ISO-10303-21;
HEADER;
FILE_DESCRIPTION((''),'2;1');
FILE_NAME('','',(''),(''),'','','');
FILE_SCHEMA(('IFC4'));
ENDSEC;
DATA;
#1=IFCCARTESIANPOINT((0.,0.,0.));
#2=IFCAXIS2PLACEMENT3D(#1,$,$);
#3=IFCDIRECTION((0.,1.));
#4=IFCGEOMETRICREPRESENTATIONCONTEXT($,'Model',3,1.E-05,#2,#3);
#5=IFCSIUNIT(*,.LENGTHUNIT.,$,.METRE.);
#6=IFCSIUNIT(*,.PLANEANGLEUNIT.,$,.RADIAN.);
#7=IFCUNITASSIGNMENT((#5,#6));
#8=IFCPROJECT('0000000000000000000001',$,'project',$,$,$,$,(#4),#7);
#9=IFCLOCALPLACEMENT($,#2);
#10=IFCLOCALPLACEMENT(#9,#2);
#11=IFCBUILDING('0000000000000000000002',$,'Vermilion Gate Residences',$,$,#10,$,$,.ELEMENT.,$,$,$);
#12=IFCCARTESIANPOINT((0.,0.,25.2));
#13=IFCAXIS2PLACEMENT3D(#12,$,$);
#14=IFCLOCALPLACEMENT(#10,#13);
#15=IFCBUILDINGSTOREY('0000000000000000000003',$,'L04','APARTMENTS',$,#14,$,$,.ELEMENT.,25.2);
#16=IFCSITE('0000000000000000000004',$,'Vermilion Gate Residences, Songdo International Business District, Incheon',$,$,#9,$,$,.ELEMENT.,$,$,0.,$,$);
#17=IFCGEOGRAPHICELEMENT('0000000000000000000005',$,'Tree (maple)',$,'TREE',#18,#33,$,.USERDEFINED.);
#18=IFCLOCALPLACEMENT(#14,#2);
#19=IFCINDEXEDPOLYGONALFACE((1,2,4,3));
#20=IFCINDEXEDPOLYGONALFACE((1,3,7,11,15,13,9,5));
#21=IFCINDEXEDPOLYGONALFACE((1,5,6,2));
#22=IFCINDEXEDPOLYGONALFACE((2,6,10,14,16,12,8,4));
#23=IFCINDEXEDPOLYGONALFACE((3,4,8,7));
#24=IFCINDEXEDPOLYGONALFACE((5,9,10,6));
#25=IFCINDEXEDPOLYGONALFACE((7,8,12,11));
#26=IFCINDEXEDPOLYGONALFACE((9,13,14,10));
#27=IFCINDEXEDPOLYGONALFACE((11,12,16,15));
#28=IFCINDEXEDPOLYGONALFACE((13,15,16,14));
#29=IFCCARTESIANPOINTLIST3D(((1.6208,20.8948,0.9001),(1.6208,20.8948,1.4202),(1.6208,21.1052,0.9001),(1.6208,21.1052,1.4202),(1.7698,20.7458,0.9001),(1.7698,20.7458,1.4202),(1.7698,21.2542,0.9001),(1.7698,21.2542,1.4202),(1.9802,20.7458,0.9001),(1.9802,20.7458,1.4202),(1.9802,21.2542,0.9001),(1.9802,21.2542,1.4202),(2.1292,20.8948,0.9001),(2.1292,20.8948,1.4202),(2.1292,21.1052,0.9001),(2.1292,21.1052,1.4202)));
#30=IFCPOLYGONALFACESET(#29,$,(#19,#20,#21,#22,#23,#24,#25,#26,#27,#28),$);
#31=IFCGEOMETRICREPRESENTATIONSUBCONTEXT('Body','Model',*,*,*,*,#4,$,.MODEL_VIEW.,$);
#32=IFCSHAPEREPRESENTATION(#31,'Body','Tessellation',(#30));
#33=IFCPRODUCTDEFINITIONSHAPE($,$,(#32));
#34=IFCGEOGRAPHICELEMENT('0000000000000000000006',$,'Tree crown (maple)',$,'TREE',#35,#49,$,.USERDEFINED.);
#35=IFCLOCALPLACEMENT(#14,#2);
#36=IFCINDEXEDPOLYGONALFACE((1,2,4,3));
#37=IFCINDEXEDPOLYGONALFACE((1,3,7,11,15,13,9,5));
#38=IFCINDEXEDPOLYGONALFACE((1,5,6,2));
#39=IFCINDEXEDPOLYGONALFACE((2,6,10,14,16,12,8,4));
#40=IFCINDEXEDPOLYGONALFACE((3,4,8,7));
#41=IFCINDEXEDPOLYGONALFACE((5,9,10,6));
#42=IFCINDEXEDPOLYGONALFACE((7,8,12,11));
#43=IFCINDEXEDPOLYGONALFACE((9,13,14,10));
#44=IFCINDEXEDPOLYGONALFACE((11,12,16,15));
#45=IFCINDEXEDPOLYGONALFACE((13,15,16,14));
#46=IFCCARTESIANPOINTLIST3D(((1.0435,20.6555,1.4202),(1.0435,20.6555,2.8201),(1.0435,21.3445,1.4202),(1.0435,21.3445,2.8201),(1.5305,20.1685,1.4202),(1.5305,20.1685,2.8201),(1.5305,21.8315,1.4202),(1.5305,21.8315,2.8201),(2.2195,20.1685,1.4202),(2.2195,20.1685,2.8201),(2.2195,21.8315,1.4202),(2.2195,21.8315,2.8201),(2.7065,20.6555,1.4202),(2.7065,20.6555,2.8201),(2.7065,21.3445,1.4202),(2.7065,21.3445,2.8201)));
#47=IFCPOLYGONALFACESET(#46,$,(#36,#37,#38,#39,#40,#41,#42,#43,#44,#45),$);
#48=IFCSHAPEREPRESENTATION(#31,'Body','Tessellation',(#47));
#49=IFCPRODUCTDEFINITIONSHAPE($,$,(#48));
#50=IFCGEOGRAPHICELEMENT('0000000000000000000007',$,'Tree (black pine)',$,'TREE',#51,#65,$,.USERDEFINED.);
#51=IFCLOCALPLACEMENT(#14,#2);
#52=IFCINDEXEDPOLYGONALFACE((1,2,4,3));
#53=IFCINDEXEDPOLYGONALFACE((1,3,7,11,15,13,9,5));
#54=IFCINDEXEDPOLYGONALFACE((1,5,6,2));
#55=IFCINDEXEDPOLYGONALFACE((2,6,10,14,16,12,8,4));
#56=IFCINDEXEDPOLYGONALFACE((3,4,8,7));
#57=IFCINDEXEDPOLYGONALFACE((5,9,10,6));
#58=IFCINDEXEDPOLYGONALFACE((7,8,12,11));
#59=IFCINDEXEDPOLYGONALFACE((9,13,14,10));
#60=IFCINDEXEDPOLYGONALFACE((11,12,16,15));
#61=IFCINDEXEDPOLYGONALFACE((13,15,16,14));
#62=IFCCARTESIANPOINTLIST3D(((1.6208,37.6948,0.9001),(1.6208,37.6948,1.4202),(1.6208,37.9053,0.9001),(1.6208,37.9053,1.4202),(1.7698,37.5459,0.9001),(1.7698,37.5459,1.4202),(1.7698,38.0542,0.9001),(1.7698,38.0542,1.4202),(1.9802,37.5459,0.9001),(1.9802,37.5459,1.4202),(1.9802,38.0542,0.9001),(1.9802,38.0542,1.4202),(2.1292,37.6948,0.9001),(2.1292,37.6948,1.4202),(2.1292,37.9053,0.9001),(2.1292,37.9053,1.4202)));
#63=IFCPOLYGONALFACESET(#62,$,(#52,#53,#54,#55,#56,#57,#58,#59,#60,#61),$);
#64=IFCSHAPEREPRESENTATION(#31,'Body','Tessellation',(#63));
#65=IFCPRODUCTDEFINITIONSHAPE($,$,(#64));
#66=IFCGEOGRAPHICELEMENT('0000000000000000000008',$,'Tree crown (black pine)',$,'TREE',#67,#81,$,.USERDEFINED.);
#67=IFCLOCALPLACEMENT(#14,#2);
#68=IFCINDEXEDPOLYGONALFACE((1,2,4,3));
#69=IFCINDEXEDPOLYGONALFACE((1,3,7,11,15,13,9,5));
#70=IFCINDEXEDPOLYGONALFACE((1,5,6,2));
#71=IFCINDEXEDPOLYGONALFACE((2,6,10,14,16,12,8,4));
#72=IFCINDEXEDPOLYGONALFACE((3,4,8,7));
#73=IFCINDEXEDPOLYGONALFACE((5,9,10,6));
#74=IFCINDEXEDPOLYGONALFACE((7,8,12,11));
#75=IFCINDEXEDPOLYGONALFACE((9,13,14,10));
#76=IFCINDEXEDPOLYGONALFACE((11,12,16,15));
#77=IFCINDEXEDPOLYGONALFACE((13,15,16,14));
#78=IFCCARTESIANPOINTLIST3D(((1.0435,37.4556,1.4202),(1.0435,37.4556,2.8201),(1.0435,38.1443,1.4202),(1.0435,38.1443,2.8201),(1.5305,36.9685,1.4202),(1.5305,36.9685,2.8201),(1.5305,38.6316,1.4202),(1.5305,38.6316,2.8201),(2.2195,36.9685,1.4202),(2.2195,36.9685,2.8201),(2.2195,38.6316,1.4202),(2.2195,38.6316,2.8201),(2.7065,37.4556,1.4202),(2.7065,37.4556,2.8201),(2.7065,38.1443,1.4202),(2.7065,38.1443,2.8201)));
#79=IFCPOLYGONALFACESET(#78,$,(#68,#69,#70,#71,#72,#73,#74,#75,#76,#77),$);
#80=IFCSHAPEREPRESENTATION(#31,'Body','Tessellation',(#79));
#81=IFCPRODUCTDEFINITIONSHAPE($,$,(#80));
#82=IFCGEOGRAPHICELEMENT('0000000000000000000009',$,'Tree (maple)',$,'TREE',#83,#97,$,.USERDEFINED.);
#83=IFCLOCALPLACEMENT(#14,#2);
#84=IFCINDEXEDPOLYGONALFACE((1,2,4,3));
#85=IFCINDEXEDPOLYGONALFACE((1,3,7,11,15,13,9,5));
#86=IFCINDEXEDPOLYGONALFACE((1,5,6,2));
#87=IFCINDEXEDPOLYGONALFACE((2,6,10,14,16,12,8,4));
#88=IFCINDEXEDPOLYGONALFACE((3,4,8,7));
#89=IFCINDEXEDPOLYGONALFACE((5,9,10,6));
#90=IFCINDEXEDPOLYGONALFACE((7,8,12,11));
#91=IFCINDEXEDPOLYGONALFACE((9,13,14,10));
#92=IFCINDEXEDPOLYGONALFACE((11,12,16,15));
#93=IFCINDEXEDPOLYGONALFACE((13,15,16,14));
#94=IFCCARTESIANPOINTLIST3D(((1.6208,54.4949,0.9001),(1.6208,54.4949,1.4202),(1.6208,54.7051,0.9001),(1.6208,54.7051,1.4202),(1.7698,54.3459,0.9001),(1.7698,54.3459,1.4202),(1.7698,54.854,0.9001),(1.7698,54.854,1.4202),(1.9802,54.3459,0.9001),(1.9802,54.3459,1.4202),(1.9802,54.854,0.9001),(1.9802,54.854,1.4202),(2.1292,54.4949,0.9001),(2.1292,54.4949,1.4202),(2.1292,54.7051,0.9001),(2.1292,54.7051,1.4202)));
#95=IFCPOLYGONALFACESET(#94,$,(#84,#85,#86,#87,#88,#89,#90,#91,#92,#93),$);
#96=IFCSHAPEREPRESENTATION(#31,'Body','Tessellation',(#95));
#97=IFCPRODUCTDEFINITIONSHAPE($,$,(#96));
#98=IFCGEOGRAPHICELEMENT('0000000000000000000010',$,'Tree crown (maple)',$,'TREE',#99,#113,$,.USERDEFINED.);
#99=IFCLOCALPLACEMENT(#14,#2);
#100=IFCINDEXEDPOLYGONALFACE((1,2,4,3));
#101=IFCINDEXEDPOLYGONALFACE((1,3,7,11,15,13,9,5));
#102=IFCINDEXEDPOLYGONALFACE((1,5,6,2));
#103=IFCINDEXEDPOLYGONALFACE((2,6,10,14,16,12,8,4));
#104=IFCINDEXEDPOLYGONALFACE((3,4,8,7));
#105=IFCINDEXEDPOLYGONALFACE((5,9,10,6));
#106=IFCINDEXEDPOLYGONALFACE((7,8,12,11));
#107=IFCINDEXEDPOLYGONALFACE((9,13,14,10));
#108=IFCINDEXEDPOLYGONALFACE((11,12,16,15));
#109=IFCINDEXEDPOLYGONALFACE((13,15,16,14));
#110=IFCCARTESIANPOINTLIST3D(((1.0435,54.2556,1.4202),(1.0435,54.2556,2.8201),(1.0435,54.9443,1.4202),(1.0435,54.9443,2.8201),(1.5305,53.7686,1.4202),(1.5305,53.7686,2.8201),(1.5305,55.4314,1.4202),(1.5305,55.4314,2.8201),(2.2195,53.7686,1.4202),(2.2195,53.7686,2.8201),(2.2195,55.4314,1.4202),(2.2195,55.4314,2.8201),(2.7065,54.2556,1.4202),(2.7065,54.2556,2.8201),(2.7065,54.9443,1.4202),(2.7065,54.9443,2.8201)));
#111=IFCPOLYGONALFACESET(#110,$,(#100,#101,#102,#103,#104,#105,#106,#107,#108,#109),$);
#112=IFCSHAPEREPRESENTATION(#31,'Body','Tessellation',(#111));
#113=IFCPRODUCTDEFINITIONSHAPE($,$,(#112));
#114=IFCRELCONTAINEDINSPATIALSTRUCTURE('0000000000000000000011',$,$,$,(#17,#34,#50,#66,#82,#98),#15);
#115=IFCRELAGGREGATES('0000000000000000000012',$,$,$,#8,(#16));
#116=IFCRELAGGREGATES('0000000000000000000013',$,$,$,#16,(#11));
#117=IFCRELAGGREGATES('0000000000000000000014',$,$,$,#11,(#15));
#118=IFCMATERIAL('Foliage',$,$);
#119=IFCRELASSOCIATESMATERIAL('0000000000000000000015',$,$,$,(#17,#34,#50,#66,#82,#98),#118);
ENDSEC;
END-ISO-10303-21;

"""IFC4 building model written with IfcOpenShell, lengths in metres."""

from ifc_helpers import new_model, si_unit, direction, frame, origin, place, context, subcontext, project, spatial, polyline, outline, extrude, material, element, save


model = new_model("IFC4")

# Units and contexts
model_context = context("Model", 3, precision=1e-05, world=origin(), true_north=direction((0.0, 1.0)))
body_context = subcontext(model_context, "Body", "Model", "MODEL_VIEW")
ifc_project = project(units=[si_unit("LENGTHUNIT", "METRE"), si_unit("PLANEANGLEUNIT", "RADIAN")], contexts=[model_context])

# Site, building, storey
site_placement = place(None, origin())
site = spatial("IfcSite", under=ifc_project, at=site_placement, Name="Vermilion Gate Residences, Songdo International Business District, Incheon", CompositionType="ELEMENT", RefElevation=0.0)
building_placement = place(site_placement, origin())
building = spatial("IfcBuilding", under=site, at=building_placement, Name="Vermilion Gate Residences", CompositionType="ELEMENT")
storey_placement = place(building_placement, frame((0.0, 0.0, 25.2)))
storey = spatial("IfcBuildingStorey", under=building, at=storey_placement, Name="L04", Description="APARTMENTS", CompositionType="ELEMENT", Elevation=25.2)

# Geographic elements
ifc_material_1 = material(Name="Foliage")
geographic_element_1_placement = place(storey_placement, frame((0.0, 0.0, 0.9001)))
element("IfcGeographicElement", 1, at=geographic_element_1_placement, inside=storey, material=ifc_material_1, Name="Tree (maple)", ObjectType="TREE", PredefinedType="USERDEFINED", context=body_context, shape_type="SweptSolid", body=[
    extrude(outline(polyline([(2.1292, 21.1052), (1.9802, 21.2542), (1.7698, 21.2542), (1.6208, 21.1052), (1.6208, 20.8948), (1.7698, 20.7458), (1.9802, 20.7458), (2.1292, 20.8948), (2.1292, 21.1052)])), origin(), (0.0, 0.0, 1.0), 0.52),
])
geographic_element_2_placement = place(storey_placement, frame((0.0, 0.0, 1.4202)))
element("IfcGeographicElement", 2, at=geographic_element_2_placement, inside=storey, material=ifc_material_1, Name="Tree crown (maple)", ObjectType="TREE", PredefinedType="USERDEFINED", context=body_context, shape_type="SweptSolid", body=[
    extrude(outline(polyline([(2.7065, 21.3445), (2.2195, 21.8315), (1.5305, 21.8315), (1.0435, 21.3445), (1.0435, 20.6555), (1.5305, 20.1685), (2.2195, 20.1685), (2.7065, 20.6555), (2.7065, 21.3445)])), origin(), (0.0, 0.0, 1.0), 1.3999),
])
geographic_element_3_placement = place(storey_placement, frame((0.0, 0.0, 0.9001)))
element("IfcGeographicElement", 3, at=geographic_element_3_placement, inside=storey, material=ifc_material_1, Name="Tree (black pine)", ObjectType="TREE", PredefinedType="USERDEFINED", context=body_context, shape_type="SweptSolid", body=[
    extrude(outline(polyline([(2.1292, 37.9053), (1.9802, 38.0542), (1.7698, 38.0542), (1.6208, 37.9053), (1.6208, 37.6948), (1.7698, 37.5459), (1.9802, 37.5459), (2.1292, 37.6948), (2.1292, 37.9053)])), origin(), (0.0, 0.0, 1.0), 0.52),
])
geographic_element_4_placement = place(storey_placement, frame((0.0, 0.0, 1.4202)))
element("IfcGeographicElement", 4, at=geographic_element_4_placement, inside=storey, material=ifc_material_1, Name="Tree crown (black pine)", ObjectType="TREE", PredefinedType="USERDEFINED", context=body_context, shape_type="SweptSolid", body=[
    extrude(outline(polyline([(2.7065, 38.1443), (2.2195, 38.6316), (1.5305, 38.6316), (1.0435, 38.1443), (1.0435, 37.4556), (1.5305, 36.9685), (2.2195, 36.9685), (2.7065, 37.4556), (2.7065, 38.1443)])), origin(), (0.0, 0.0, 1.0), 1.3999),
])
geographic_element_5_placement = place(storey_placement, frame((0.0, 0.0, 0.9001)))
element("IfcGeographicElement", 5, at=geographic_element_5_placement, inside=storey, material=ifc_material_1, Name="Tree (maple)", ObjectType="TREE", PredefinedType="USERDEFINED", context=body_context, shape_type="SweptSolid", body=[
    extrude(outline(polyline([(2.1292, 54.7051), (1.9802, 54.854), (1.7698, 54.854), (1.6208, 54.7051), (1.6208, 54.4949), (1.7698, 54.3459), (1.9802, 54.3459), (2.1292, 54.4949), (2.1292, 54.7051)])), origin(), (0.0, 0.0, 1.0), 0.52),
])
geographic_element_6_placement = place(storey_placement, frame((0.0, 0.0, 1.4202)))
element("IfcGeographicElement", 6, at=geographic_element_6_placement, inside=storey, material=ifc_material_1, Name="Tree crown (maple)", ObjectType="TREE", PredefinedType="USERDEFINED", context=body_context, shape_type="SweptSolid", body=[
    extrude(outline(polyline([(2.7065, 54.9443), (2.2195, 55.4314), (1.5305, 55.4314), (1.0435, 54.9443), (1.0435, 54.2556), (1.5305, 53.7686), (2.2195, 53.7686), (2.7065, 54.2556), (2.7065, 54.9443)])), origin(), (0.0, 0.0, 1.0), 1.3999),
])

save(model, "model.ifc")
